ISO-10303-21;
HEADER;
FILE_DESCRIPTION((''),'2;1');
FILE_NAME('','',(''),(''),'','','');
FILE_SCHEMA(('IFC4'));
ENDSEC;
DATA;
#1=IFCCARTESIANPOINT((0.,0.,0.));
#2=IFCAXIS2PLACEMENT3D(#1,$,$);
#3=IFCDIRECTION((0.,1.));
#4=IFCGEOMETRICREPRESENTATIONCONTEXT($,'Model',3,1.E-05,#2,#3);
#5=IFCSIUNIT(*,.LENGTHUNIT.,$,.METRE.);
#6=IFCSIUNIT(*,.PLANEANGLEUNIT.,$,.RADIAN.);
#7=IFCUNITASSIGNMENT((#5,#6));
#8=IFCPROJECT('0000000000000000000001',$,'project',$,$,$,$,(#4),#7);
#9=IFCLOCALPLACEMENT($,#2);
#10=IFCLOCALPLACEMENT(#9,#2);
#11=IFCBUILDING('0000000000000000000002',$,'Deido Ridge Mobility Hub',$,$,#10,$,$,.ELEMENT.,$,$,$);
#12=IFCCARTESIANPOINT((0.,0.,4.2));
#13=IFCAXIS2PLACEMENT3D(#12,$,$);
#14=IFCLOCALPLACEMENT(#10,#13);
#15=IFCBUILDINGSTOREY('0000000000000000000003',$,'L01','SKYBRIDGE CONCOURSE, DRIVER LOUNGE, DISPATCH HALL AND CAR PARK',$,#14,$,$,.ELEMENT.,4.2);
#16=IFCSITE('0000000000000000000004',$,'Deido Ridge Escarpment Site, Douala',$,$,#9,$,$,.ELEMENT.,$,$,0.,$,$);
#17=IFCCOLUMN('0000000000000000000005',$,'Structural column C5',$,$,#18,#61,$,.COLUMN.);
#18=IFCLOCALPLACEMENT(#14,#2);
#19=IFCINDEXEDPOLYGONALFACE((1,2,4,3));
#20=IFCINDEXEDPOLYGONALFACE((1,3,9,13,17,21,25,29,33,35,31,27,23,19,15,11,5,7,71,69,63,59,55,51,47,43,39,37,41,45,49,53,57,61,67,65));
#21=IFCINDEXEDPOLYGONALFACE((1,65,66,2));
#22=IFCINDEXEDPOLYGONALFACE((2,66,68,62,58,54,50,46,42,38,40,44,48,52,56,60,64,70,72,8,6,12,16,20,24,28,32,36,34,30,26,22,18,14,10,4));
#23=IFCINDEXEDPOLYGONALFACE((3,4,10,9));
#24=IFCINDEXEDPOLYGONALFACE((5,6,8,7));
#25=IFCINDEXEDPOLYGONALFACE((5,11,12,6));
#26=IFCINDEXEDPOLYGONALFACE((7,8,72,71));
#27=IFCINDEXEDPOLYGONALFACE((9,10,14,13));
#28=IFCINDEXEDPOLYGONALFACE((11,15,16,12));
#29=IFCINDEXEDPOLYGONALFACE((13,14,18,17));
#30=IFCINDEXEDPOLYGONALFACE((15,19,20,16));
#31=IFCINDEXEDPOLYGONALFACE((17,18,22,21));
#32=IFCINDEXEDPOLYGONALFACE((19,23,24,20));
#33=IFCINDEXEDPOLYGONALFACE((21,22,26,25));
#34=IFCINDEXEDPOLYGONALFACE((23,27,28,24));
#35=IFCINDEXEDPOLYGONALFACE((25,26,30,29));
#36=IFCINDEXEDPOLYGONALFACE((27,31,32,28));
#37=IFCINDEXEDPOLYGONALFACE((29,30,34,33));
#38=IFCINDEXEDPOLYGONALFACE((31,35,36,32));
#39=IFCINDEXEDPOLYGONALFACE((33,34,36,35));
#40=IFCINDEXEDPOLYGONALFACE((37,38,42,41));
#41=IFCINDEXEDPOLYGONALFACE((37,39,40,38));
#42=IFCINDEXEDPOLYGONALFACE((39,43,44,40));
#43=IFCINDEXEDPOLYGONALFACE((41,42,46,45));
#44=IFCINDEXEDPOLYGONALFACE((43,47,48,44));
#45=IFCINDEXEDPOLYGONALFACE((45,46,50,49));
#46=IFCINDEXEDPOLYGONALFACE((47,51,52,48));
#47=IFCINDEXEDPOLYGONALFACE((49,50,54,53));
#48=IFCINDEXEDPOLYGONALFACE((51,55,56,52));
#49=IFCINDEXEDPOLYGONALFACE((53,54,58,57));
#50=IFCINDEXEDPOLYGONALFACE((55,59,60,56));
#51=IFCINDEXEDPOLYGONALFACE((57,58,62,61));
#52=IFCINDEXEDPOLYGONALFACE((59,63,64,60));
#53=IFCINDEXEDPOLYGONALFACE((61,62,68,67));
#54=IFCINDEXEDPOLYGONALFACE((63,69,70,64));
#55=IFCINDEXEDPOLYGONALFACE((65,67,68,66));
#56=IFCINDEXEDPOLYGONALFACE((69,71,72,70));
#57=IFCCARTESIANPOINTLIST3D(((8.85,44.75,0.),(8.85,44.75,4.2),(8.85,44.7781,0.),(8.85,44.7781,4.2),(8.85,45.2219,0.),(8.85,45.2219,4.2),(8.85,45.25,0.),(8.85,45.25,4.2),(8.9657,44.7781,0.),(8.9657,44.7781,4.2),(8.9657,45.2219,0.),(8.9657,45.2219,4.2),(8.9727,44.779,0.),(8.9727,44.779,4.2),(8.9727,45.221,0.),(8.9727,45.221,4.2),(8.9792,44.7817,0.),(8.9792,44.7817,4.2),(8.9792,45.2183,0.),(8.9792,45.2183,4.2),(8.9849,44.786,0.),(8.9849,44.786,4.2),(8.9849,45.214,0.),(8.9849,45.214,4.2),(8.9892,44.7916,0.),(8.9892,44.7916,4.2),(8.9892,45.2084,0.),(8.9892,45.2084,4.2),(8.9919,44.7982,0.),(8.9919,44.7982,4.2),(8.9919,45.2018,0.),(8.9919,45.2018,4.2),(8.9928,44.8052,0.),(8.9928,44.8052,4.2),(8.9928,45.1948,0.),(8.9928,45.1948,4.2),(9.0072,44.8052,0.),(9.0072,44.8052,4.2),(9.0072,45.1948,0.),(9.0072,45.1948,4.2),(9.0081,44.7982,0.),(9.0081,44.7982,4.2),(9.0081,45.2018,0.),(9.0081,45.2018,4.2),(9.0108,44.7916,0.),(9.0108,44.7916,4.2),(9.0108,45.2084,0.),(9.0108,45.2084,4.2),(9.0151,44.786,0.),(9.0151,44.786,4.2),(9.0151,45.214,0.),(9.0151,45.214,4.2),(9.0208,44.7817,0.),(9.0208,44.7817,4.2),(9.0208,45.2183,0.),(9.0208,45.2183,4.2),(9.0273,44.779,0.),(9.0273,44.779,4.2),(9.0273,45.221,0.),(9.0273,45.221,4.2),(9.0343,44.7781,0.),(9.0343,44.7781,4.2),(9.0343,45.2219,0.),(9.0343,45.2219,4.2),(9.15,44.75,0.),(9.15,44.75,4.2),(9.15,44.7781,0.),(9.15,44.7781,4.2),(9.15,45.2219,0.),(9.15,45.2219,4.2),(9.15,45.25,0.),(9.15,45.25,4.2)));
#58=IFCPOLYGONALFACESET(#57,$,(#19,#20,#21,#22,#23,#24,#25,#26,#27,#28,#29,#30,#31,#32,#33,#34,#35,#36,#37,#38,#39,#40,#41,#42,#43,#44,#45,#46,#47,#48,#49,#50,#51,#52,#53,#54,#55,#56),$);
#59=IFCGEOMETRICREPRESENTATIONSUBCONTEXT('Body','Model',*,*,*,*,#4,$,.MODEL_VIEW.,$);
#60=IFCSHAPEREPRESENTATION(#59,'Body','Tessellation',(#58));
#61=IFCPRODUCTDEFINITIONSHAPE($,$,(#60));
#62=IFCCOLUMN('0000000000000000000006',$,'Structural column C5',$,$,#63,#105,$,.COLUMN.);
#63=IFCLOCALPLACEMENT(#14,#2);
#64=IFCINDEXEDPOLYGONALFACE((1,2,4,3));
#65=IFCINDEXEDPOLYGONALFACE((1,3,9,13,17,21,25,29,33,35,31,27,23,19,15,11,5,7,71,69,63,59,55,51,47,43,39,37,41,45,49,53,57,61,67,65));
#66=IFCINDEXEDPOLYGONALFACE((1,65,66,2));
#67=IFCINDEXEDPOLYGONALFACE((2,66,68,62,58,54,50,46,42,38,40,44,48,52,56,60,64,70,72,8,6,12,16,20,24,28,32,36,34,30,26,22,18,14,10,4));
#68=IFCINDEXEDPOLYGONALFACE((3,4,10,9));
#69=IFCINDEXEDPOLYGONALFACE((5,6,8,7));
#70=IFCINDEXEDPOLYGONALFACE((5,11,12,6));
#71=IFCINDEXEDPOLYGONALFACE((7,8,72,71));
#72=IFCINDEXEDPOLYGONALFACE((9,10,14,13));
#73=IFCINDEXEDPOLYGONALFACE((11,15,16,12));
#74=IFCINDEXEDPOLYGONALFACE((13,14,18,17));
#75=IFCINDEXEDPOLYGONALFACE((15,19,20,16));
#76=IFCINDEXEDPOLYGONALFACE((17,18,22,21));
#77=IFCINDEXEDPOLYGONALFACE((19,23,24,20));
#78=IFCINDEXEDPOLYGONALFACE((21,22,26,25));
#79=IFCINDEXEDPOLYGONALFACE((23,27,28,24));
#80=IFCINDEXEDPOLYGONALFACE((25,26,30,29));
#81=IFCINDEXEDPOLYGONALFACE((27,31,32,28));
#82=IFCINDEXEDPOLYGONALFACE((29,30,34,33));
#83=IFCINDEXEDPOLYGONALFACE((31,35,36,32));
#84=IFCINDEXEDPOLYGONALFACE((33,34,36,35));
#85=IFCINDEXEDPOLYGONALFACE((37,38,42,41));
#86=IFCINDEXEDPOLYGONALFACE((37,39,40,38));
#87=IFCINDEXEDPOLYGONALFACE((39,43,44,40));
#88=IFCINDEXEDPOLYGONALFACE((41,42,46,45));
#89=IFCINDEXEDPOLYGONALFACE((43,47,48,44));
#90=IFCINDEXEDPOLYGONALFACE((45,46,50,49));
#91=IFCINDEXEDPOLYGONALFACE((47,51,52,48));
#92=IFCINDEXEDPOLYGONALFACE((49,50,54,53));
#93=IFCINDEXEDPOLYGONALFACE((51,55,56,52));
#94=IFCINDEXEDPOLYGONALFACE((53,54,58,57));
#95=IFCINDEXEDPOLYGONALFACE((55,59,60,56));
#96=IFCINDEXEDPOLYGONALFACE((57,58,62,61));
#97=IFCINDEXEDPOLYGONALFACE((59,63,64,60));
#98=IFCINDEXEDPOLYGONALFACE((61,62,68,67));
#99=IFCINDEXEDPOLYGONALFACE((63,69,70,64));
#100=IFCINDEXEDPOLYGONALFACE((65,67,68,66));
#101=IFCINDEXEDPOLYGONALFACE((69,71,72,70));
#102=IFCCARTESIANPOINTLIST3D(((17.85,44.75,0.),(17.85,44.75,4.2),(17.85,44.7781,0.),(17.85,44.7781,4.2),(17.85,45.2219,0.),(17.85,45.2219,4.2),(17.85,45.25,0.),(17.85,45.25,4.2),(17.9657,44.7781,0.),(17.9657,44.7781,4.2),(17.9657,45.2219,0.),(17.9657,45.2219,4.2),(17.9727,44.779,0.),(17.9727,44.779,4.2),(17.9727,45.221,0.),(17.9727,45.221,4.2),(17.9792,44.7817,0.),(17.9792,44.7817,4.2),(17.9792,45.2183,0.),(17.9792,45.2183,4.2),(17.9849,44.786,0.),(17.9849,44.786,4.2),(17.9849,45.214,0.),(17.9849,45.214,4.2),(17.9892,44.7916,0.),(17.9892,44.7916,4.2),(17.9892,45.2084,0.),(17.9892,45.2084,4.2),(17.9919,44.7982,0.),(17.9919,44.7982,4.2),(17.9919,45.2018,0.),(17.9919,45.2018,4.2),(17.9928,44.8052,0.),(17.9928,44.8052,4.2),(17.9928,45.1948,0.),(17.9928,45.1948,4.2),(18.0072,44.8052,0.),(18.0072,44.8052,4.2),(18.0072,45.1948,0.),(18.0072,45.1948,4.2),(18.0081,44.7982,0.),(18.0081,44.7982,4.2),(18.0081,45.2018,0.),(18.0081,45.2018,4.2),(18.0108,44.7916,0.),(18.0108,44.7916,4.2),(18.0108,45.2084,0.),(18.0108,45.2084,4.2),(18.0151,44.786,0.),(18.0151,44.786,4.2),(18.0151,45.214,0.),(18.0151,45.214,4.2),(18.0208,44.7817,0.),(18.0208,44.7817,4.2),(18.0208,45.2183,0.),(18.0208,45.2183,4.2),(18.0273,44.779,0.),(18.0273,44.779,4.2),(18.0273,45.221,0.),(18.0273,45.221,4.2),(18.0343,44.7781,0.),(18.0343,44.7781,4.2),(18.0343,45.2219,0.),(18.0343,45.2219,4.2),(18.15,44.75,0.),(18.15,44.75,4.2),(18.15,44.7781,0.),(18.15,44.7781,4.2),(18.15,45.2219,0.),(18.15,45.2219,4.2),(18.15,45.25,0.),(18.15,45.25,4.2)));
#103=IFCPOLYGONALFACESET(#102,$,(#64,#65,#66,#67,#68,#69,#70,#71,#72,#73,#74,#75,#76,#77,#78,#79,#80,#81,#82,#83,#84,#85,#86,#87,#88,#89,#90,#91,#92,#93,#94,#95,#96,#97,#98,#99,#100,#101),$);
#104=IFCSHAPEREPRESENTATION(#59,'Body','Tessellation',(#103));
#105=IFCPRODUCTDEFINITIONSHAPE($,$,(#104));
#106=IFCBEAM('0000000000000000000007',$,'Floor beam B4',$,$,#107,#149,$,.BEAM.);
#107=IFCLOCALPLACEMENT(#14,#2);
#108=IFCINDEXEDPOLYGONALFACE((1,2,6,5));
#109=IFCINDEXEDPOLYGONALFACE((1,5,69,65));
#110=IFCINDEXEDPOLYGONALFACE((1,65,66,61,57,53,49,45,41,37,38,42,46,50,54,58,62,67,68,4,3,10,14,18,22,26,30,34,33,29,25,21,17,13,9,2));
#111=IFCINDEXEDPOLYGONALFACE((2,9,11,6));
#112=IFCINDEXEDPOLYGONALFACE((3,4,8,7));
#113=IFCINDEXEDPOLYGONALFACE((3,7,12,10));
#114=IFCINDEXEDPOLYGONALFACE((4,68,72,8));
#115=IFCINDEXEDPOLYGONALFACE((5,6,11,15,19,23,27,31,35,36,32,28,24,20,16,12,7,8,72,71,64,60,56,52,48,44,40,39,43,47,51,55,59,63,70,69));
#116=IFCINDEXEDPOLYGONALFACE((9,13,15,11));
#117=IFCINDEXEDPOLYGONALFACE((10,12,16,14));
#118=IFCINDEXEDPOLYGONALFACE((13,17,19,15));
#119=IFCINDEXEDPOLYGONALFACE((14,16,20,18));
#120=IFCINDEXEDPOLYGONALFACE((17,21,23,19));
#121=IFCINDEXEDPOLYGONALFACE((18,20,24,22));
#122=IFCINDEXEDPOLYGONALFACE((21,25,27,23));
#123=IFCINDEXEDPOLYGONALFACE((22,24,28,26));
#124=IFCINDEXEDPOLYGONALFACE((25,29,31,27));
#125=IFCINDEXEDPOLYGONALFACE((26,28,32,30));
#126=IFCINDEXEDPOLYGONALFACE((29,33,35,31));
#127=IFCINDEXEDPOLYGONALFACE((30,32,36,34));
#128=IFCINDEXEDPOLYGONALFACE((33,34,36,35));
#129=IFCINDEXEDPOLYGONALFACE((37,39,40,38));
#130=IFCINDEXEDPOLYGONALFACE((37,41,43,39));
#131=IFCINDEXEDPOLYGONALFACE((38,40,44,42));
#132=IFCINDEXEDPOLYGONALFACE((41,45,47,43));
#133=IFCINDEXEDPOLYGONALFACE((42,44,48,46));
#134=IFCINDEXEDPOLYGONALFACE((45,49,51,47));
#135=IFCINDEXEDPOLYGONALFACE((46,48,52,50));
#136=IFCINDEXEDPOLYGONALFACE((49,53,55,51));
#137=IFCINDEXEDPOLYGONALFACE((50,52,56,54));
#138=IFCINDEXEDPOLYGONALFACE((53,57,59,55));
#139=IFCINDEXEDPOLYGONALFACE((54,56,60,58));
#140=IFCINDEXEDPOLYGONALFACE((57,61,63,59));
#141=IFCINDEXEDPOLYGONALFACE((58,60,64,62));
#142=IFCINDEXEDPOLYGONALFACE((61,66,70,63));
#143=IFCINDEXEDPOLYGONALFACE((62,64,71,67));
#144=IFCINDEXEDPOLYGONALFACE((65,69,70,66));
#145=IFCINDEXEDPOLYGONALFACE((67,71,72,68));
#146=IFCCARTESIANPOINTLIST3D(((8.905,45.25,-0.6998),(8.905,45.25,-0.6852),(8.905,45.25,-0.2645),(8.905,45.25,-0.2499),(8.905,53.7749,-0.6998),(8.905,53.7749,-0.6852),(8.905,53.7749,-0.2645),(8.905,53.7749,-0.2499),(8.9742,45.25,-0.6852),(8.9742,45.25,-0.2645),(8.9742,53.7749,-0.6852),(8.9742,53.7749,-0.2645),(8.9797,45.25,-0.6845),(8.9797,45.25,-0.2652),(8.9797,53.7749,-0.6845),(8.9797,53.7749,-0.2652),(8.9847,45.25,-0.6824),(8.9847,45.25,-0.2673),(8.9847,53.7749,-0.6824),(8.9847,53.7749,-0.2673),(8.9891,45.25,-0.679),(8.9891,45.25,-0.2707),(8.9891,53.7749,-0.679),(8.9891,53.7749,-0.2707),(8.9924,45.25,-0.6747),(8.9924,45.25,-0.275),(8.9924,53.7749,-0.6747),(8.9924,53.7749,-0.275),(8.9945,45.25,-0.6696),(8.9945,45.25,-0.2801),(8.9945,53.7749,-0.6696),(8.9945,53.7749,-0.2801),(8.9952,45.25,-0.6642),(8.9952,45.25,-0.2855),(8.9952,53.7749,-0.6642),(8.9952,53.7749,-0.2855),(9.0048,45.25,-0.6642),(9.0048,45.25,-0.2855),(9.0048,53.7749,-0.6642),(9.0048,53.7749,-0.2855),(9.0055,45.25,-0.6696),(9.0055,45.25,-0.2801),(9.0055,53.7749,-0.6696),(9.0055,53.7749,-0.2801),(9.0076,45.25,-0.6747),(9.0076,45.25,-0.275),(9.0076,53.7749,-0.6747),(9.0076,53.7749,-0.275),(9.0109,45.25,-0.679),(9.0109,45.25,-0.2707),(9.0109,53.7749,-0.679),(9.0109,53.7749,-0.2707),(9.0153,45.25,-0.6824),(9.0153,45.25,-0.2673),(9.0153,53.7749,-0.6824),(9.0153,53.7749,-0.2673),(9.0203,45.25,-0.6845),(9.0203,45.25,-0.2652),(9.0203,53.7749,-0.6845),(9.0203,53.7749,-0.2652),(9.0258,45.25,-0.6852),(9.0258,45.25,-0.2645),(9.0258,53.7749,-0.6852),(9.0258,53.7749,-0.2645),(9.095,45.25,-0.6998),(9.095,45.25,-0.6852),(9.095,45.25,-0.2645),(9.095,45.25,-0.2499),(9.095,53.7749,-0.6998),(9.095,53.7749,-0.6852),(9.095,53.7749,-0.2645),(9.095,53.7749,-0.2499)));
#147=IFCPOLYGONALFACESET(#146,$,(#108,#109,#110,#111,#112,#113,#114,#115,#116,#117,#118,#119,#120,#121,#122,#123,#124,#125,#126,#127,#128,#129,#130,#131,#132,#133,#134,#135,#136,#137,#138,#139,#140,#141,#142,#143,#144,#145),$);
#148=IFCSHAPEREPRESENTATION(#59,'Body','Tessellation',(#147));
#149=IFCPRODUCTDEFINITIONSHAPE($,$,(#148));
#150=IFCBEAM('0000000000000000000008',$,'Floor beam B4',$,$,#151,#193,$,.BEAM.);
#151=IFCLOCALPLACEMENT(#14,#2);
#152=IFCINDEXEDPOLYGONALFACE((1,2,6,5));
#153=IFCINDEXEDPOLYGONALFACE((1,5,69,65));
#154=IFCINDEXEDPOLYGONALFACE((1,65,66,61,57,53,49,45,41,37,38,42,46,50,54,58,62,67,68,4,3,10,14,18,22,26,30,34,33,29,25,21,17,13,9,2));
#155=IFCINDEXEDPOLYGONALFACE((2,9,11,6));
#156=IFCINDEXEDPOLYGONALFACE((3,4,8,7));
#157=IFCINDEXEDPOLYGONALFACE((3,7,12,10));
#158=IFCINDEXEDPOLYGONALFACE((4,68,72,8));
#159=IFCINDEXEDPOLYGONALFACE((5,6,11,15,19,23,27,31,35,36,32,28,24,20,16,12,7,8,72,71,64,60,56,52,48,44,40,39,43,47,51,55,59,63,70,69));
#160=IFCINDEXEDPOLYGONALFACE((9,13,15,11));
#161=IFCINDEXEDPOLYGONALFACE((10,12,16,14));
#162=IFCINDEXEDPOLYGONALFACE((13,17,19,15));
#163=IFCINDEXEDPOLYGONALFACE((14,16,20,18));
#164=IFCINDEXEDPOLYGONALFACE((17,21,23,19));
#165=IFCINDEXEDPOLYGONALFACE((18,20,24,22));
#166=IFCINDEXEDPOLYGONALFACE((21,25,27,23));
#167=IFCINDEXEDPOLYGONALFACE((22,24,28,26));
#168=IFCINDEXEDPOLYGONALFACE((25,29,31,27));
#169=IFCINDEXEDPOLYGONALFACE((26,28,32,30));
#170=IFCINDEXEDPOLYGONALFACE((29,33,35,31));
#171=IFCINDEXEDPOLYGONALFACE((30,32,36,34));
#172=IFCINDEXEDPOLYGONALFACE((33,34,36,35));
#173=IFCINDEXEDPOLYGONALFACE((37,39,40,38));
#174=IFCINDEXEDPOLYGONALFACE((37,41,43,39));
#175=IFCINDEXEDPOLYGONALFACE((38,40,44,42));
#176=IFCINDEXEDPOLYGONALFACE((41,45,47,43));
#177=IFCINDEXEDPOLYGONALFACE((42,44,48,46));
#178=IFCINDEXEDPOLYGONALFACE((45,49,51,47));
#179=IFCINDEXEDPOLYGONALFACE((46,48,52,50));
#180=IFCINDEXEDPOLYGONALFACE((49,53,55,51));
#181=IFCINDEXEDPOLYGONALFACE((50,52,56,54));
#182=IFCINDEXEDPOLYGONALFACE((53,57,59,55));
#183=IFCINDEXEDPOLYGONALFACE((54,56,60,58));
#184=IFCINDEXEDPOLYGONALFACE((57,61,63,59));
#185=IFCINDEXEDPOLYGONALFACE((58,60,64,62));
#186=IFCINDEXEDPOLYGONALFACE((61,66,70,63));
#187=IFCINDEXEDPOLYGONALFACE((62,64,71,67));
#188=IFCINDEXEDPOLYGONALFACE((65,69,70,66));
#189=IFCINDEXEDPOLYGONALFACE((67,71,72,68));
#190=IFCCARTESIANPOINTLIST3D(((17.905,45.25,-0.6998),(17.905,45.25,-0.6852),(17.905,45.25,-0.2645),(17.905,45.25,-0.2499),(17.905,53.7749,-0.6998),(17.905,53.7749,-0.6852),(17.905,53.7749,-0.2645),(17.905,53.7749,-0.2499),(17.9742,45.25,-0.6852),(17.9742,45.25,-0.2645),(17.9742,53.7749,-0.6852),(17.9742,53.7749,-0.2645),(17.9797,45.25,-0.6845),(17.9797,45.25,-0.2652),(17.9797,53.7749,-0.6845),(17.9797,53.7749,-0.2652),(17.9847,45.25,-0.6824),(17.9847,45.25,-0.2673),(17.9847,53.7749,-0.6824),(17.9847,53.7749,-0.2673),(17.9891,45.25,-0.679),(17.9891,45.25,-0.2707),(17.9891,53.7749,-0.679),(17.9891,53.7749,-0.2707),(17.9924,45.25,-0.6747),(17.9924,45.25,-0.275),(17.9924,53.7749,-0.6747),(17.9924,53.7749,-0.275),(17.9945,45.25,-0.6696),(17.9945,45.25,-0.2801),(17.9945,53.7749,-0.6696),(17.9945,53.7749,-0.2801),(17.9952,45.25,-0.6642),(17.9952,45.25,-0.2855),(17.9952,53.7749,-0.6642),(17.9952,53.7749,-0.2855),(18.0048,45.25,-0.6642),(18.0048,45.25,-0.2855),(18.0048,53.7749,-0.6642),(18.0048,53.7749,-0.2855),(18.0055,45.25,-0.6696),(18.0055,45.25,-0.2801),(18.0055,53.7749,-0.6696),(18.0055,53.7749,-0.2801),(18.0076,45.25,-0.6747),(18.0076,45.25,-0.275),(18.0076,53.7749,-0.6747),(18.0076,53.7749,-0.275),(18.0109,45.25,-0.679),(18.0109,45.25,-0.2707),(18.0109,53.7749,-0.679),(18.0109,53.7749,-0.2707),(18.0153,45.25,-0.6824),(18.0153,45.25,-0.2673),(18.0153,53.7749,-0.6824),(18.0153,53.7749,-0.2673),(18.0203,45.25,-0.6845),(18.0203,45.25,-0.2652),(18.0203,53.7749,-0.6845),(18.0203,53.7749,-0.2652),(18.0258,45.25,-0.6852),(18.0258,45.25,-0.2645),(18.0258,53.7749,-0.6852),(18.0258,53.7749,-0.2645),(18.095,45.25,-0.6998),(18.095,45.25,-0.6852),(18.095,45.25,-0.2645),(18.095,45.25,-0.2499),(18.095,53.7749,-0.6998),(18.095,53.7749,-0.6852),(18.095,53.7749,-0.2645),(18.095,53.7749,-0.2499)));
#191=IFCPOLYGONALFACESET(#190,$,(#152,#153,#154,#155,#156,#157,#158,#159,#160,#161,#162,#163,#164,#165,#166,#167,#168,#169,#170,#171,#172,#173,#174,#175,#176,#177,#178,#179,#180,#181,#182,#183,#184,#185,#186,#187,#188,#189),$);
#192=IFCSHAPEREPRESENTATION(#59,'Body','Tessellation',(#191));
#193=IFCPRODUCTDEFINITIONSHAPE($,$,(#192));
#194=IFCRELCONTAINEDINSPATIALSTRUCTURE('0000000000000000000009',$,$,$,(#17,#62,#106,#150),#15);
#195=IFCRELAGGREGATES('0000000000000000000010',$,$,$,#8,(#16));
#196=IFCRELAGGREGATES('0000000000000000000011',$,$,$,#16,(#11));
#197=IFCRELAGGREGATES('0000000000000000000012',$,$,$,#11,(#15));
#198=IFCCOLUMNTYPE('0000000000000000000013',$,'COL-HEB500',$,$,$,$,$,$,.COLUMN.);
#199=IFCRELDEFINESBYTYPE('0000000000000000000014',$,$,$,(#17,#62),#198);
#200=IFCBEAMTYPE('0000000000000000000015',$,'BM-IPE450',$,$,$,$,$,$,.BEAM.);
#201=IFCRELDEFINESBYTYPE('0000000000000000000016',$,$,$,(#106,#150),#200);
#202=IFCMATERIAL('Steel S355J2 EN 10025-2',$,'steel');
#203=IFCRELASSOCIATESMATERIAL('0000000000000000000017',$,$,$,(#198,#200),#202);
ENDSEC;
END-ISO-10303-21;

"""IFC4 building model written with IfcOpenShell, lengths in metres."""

from ifc_helpers import new_model, si_unit, direction, frame, origin, origin_2d, place, context, subcontext, project, spatial, i_section, extrude, material, material_profile, profile_set, type_object, element, save


model = new_model("IFC4")

# Units and contexts
model_context = context("Model", 3, precision=1e-05, world=origin(), true_north=direction((0.0, 1.0)))
body_context = subcontext(model_context, "Body", "Model", "MODEL_VIEW")
ifc_project = project(units=[si_unit("LENGTHUNIT", "METRE"), si_unit("PLANEANGLEUNIT", "RADIAN")], contexts=[model_context])

# Site, building, storey
site_placement = place(None, origin())
site = spatial("IfcSite", under=ifc_project, at=site_placement, Name="Deido Ridge Escarpment Site, Douala", CompositionType="ELEMENT", RefElevation=0.0)
building_placement = place(site_placement, origin())
building = spatial("IfcBuilding", under=site, at=building_placement, Name="Deido Ridge Mobility Hub", CompositionType="ELEMENT")
storey_placement = place(building_placement, frame((0.0, 0.0, 4.2)))
storey = spatial("IfcBuildingStorey", under=building, at=storey_placement, Name="L01", Description="SKYBRIDGE CONCOURSE, DRIVER LOUNGE, DISPATCH HALL AND CAR PARK", CompositionType="ELEMENT", Elevation=4.2)

# Columns
ifc_material_1 = material(Name="Steel S355J2 EN 10025-2", Category="steel")
ifc_material_profile_1 = material_profile(ifc_material_1, i_section(OverallWidth=0.3, OverallDepth=0.5, WebThickness=0.0144, FlangeThickness=0.0281, FilletRadius=0.0271, at=origin_2d()), Name="HEB 500")
ifc_profile_set_1 = profile_set([ifc_material_profile_1], Name="Steel S355J2 EN 10025-2")
column_type = type_object("IfcColumnType", Name="COL-HEB500", PredefinedType="COLUMN", material=ifc_profile_set_1)
for number, where, z_axis, x_axis, name in (
    (1, (9.0, 45.0, 0.0), (0.0, 0.0, 1.0), (1.0, 0.0, 0.0), "Structural column C5"),
    (2, (18.0, 45.0, 0.0), (0.0, 0.0, 1.0), (1.0, 0.0, 0.0), "Structural column C5"),
):
    element("IfcColumn", number, at=place(storey_placement, frame(where, z_axis=z_axis, x_axis=x_axis)), inside=storey, type_object=column_type, Name=name, PredefinedType="COLUMN", context=body_context, shape_type="SweptSolid", body=[
        extrude(i_section(OverallWidth=0.3, OverallDepth=0.5, WebThickness=0.0144, FlangeThickness=0.0281, FilletRadius=0.0271, at=origin_2d()), origin(), (0.0, 0.0, 1.0), 4.2),
    ])

# Beams
ifc_material_profile_2 = material_profile(ifc_material_1, i_section(OverallWidth=0.1899, OverallDepth=0.45, WebThickness=0.0095, FlangeThickness=0.0146, FilletRadius=0.021, at=origin_2d()), Name="IPE 450")
ifc_profile_set_2 = profile_set([ifc_material_profile_2], Name="Steel S355J2 EN 10025-2")
beam_type_1 = type_object("IfcBeamType", Name="BM-IPE450", PredefinedType="BEAM", material=ifc_profile_set_2)
for number, where, z_axis, x_axis, name in (
    (3, (9.0, 45.25, -0.4749), (0.0, 1.0, 0.0), (-1.0, 0.0, 0.0), "Floor beam B4"),
    (4, (18.0, 45.25, -0.4749), (0.0, 1.0, 0.0), (-1.0, 0.0, 0.0), "Floor beam B4"),
):
    element("IfcBeam", number, at=place(storey_placement, frame(where, z_axis=z_axis, x_axis=x_axis)), inside=storey, type_object=beam_type_1, Name=name, PredefinedType="BEAM", context=body_context, shape_type="SweptSolid", body=[
        extrude(i_section(OverallWidth=0.1899, OverallDepth=0.45, WebThickness=0.0095, FlangeThickness=0.0146, FilletRadius=0.021, at=origin_2d()), origin(), (0.0, 0.0, 1.0), 8.5249),
    ])

save(model, "model.ifc")
